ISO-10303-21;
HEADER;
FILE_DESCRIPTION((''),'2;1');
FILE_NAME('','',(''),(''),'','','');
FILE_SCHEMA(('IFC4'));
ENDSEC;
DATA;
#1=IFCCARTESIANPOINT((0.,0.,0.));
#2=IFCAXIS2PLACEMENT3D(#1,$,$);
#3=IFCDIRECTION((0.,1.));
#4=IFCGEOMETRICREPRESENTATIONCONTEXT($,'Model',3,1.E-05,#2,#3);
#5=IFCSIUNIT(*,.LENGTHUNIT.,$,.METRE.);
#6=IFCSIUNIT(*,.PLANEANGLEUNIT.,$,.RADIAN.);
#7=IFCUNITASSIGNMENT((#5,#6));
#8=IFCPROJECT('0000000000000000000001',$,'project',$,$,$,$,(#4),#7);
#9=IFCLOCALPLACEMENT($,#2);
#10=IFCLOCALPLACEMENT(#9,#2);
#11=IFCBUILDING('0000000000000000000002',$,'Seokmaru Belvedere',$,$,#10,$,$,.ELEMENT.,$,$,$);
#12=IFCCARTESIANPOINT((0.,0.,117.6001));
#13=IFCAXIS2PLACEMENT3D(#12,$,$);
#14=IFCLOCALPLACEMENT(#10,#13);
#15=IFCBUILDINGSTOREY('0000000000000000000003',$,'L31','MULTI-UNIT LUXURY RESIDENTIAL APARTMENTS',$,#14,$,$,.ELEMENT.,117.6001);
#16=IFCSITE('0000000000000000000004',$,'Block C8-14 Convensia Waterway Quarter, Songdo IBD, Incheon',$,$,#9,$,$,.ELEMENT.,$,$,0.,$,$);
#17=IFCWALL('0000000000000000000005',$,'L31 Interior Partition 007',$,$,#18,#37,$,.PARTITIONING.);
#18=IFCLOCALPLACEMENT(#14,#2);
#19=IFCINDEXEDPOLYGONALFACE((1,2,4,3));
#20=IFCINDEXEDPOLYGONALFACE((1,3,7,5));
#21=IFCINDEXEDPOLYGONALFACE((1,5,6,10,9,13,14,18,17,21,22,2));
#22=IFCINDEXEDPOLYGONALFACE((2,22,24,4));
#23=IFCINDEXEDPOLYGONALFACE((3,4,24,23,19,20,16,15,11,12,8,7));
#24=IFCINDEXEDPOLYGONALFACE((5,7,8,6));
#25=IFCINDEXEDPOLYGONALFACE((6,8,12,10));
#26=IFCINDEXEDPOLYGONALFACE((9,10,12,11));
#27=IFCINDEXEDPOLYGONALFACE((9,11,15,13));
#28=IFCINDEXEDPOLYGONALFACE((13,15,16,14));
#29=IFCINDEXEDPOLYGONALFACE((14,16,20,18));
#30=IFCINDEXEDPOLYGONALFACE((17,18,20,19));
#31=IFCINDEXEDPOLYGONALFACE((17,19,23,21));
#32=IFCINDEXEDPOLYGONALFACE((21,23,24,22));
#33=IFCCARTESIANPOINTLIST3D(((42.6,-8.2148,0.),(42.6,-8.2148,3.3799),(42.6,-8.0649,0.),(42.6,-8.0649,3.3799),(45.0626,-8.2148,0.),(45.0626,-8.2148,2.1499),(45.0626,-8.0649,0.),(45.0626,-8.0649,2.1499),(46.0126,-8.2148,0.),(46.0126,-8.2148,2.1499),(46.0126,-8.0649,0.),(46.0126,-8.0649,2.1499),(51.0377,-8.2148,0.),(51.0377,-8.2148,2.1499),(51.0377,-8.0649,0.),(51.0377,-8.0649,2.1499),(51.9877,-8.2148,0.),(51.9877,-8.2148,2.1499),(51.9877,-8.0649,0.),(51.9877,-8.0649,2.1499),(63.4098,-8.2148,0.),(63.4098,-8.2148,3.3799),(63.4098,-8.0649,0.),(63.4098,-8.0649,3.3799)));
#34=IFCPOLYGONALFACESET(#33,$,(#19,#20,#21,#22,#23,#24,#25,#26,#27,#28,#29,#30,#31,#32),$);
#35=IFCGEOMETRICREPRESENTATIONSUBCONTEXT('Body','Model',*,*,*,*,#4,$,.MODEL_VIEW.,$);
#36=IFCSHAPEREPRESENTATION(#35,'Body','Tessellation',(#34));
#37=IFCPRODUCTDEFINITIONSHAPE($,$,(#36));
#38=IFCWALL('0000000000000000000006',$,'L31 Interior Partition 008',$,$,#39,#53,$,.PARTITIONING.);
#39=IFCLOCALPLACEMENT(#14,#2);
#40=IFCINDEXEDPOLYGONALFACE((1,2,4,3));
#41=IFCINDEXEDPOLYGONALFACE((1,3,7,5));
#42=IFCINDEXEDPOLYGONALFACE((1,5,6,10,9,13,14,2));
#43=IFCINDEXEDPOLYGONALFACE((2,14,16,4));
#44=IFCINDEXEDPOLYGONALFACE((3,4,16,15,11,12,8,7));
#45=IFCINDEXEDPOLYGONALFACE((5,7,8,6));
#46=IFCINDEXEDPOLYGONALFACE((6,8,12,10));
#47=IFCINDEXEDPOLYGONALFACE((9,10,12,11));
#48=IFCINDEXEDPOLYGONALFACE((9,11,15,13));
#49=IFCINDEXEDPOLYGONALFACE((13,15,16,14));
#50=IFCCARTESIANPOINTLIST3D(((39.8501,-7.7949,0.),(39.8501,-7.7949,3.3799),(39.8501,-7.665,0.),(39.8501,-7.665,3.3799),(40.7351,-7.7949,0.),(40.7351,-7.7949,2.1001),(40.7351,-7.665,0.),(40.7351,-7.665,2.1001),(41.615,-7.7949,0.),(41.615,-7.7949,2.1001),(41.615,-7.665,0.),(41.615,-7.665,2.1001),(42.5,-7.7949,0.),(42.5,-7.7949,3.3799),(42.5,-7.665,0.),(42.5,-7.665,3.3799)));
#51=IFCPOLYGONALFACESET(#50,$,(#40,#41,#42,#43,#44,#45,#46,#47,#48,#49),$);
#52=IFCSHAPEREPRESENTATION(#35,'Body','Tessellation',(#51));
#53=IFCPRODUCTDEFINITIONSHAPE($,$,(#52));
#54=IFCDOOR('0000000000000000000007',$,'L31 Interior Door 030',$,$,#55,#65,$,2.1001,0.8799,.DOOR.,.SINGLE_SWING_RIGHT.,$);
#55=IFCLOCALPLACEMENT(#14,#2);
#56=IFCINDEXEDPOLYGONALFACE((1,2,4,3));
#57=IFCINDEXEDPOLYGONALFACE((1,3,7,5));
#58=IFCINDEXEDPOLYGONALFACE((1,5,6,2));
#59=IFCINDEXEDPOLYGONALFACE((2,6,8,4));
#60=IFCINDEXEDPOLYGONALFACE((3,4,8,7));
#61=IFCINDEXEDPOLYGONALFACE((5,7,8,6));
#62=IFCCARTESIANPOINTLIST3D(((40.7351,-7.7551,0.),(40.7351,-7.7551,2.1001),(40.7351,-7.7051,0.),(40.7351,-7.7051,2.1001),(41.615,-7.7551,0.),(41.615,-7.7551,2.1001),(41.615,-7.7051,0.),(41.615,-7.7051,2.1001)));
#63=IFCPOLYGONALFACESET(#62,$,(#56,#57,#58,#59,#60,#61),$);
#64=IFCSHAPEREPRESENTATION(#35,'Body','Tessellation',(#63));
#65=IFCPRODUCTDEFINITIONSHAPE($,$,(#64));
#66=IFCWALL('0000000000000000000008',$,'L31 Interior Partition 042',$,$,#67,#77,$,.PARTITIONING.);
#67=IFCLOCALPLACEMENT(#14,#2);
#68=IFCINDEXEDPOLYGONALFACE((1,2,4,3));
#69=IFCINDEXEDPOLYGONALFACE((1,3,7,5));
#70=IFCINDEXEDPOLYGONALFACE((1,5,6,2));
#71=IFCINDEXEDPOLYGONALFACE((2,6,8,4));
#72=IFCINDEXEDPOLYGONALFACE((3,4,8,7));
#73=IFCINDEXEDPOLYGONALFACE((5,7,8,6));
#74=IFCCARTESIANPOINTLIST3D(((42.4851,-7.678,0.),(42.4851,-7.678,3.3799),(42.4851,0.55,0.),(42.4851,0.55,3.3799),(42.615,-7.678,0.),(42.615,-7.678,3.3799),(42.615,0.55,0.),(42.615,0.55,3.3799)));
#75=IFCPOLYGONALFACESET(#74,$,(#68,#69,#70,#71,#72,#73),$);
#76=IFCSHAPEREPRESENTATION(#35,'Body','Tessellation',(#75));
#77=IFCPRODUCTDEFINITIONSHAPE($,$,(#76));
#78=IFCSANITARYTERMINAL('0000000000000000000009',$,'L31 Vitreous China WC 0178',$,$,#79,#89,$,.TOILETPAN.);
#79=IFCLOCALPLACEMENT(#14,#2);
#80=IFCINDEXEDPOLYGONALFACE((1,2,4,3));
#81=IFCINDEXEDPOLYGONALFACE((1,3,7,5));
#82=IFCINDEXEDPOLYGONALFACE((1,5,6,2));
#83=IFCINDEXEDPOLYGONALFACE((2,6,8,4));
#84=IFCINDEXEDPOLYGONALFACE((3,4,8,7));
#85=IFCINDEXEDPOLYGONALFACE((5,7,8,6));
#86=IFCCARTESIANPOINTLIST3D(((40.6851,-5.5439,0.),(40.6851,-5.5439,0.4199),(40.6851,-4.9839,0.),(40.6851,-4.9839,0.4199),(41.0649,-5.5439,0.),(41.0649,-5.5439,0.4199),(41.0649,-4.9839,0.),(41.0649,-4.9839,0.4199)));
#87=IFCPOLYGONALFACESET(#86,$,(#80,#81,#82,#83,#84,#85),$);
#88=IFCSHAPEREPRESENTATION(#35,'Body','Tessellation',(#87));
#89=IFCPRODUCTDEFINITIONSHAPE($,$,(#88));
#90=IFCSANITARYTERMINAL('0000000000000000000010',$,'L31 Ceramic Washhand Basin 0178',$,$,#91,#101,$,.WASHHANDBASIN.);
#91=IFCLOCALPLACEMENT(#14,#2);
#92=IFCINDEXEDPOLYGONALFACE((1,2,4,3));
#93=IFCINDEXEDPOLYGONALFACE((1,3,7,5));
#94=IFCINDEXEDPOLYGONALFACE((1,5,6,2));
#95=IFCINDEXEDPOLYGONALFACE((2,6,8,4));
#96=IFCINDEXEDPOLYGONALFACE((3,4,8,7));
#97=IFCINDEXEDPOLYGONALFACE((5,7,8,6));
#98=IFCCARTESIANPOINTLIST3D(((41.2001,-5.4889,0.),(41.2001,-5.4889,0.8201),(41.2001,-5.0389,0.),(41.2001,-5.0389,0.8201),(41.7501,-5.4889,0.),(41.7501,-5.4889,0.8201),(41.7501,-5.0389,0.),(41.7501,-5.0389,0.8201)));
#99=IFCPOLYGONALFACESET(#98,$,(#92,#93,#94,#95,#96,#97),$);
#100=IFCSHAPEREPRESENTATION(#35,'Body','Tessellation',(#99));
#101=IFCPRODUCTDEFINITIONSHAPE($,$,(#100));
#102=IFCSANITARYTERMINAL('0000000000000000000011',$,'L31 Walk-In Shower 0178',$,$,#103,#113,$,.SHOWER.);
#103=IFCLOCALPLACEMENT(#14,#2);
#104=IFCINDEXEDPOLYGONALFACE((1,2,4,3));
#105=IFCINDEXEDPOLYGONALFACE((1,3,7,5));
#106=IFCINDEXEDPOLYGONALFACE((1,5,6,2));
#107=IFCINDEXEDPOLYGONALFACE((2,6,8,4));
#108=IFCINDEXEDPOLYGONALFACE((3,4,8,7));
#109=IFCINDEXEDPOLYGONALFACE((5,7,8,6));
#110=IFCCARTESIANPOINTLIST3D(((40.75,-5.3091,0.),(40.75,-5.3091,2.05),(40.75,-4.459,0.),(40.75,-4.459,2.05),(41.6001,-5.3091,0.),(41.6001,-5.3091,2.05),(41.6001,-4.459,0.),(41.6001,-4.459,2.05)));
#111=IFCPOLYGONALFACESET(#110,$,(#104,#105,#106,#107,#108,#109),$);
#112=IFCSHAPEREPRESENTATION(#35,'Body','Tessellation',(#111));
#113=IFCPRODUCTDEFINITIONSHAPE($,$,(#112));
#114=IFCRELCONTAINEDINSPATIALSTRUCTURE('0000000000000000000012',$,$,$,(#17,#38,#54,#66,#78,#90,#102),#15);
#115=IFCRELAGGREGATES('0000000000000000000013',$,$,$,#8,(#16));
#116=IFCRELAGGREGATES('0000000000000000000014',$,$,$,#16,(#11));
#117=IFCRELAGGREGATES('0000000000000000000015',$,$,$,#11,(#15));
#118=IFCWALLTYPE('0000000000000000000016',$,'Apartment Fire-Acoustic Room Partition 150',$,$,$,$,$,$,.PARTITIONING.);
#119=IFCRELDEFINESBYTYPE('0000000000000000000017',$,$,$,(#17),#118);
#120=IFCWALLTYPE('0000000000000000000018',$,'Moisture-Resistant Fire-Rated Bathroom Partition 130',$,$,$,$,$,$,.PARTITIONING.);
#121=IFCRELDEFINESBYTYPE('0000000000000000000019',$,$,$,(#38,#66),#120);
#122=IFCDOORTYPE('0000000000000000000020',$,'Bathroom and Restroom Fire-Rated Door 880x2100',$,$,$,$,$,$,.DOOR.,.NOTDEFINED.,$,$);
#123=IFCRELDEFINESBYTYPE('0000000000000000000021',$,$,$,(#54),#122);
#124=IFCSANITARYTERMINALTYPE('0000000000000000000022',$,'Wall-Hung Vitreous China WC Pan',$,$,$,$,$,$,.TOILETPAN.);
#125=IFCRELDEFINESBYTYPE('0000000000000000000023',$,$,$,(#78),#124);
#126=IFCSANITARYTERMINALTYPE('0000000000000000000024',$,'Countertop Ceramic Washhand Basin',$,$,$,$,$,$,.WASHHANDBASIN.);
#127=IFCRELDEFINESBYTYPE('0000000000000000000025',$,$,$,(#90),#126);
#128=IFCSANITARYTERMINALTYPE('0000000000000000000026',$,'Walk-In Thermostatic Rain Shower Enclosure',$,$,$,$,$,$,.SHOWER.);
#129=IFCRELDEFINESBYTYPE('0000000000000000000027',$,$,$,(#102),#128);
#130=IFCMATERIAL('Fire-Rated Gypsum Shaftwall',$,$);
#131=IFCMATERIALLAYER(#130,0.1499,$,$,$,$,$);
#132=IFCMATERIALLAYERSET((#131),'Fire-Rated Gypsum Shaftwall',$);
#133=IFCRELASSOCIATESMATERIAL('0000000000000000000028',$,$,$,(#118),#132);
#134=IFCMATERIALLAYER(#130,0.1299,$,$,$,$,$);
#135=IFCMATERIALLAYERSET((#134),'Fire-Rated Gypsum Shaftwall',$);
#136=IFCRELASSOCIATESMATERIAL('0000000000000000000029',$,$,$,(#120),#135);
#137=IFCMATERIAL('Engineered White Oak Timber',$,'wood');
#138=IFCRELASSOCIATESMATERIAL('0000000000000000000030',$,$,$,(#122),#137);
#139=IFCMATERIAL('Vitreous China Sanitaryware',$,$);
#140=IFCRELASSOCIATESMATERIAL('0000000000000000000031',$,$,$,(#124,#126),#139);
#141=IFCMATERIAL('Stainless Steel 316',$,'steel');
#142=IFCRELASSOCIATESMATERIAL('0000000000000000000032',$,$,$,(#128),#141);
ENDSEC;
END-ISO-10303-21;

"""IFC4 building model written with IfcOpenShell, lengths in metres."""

from ifc_helpers import new_model, si_unit, direction, frame, frame_2d, origin, origin_2d, place, context, subcontext, project, spatial, rectangle, extrude, source, transform, mapped, material, layer, layer_set, type_object, type_shapes, element, fill, save


model = new_model("IFC4")

# Units and contexts
model_context = context("Model", 3, precision=1e-05, world=origin(), true_north=direction((0.0, 1.0)))
body_context = subcontext(model_context, "Body", "Model", "MODEL_VIEW")
ifc_project = project(units=[si_unit("LENGTHUNIT", "METRE"), si_unit("PLANEANGLEUNIT", "RADIAN")], contexts=[model_context])

# Site, building, storey
site_placement = place(None, origin())
site = spatial("IfcSite", under=ifc_project, at=site_placement, Name="Block C8-14 Convensia Waterway Quarter, Songdo IBD, Incheon", CompositionType="ELEMENT", RefElevation=0.0)
building_placement = place(site_placement, origin())
building = spatial("IfcBuilding", under=site, at=building_placement, Name="Seokmaru Belvedere", CompositionType="ELEMENT")
storey_placement = place(building_placement, frame((0.0, 0.0, 117.6001)))
storey = spatial("IfcBuildingStorey", under=building, at=storey_placement, Name="L31", Description="MULTI-UNIT LUXURY RESIDENTIAL APARTMENTS", CompositionType="ELEMENT", Elevation=117.6001)

# Shared definitions
ifc_material_1 = material(Name="Fire-Rated Gypsum Shaftwall")
ifc_layer_1 = layer(ifc_material_1, 0.1499)
ifc_layer_set_1 = layer_set([ifc_layer_1], Name="Fire-Rated Gypsum Shaftwall")
wall_type_1 = type_object("IfcWallType", Name="Apartment Fire-Acoustic Room Partition 150", PredefinedType="PARTITIONING", material=ifc_layer_set_1)
ifc_material_2 = material(Name="Engineered White Oak Timber", Category="wood")

# Wall, openings
wall_1_placement = place(storey_placement, frame((42.6001, -8.1399, 0.0), z_axis=(0.0, 0.0, 1.0), x_axis=(1.0, 0.0, 0.0)))
wall_1 = element("IfcWall", 1, at=wall_1_placement, inside=storey, type_object=wall_type_1, Name="L31 Interior Partition 007", PredefinedType="PARTITIONING", context=body_context, shape_type="SweptSolid", body=[
    extrude(rectangle(XDim=20.8098, YDim=0.1499, at=frame_2d((10.4048, 0.0))), origin(), (0.0, 0.0, 1.0), 3.3799),
])
opening_1_placement = place(wall_1_placement, frame((2.4624, 0.0, 0.0)))
element("IfcOpeningElement", 2, at=opening_1_placement, cuts=wall_1, PredefinedType="OPENING", context=body_context, shape_type="SweptSolid", body=[
    extrude(rectangle(XDim=0.95, YDim=2.1499, at=frame_2d((0.4751, 1.075))), frame((0.0, 0.085, 0.0), z_axis=(0.0, -1.0, 0.0), x_axis=(1.0, 0.0, 0.0)), (0.0, 0.0, 1.0), 0.1699),
])
opening_2_placement = place(wall_1_placement, frame((8.4375, 0.0, 0.0)))
element("IfcOpeningElement", 3, at=opening_2_placement, cuts=wall_1, PredefinedType="OPENING", context=body_context, shape_type="SweptSolid", body=[
    extrude(rectangle(XDim=0.95, YDim=2.1499, at=frame_2d((0.4751, 1.075))), frame((0.0, 0.085, 0.0), z_axis=(0.0, -1.0, 0.0), x_axis=(1.0, 0.0, 0.0)), (0.0, 0.0, 1.0), 0.1699),
])

# Wall, opening, door
ifc_layer_2 = layer(ifc_material_1, 0.1299)
ifc_layer_set_2 = layer_set([ifc_layer_2], Name="Fire-Rated Gypsum Shaftwall")
wall_type_2 = type_object("IfcWallType", Name="Moisture-Resistant Fire-Rated Bathroom Partition 130", PredefinedType="PARTITIONING", material=ifc_layer_set_2)
wall_2_placement = place(storey_placement, frame((39.8501, -7.73, 0.0), z_axis=(0.0, 0.0, 1.0), x_axis=(1.0, 0.0, 0.0)))
wall_2 = element("IfcWall", 4, at=wall_2_placement, inside=storey, type_object=wall_type_2, Name="L31 Interior Partition 008", PredefinedType="PARTITIONING", context=body_context, shape_type="SweptSolid", body=[
    extrude(rectangle(XDim=2.6499, YDim=0.1299, at=frame_2d((1.325, 0.0))), origin(), (0.0, 0.0, 1.0), 3.3799),
])
opening_3_placement = place(wall_2_placement, frame((0.885, 0.0, 0.0)))
opening_3 = element("IfcOpeningElement", 5, at=opening_3_placement, cuts=wall_2, PredefinedType="OPENING", context=body_context, shape_type="SweptSolid", body=[
    extrude(rectangle(XDim=0.8799, YDim=2.1001, at=frame_2d((0.4399, 1.05))), frame((0.0, 0.075, 0.0), z_axis=(0.0, -1.0, 0.0), x_axis=(1.0, 0.0, 0.0)), (0.0, 0.0, 1.0), 0.1499),
])
door_type_1 = type_object("IfcDoorType", Name="Bathroom and Restroom Fire-Rated Door 880x2100", OperationType="NOTDEFINED", PredefinedType="DOOR", material=ifc_material_2)
shared_shape_1 = source(origin(), body_context, "Body", "SweptSolid", [
    extrude(rectangle(XDim=0.8799, YDim=2.1001, at=frame_2d((0.4399, 1.05))), frame((0.0, 0.0249, 0.0), z_axis=(0.0, -1.0, 0.0), x_axis=(1.0, 0.0, 0.0)), (0.0, 0.0, 1.0), 0.05),
])
type_shapes(door_type_1, [shared_shape_1])
door_1_placement = place(opening_3_placement, origin())
door_1 = element("IfcDoor", 6, at=door_1_placement, inside=storey, type_object=door_type_1, Name="L31 Interior Door 030", OperationType="SINGLE_SWING_RIGHT", OverallHeight=2.1001, OverallWidth=0.8799, PredefinedType="DOOR", context=body_context, shape_type="MappedRepresentation", body=[
    mapped(shared_shape_1, transform((0.0, 0.0, 0.0), scale=1.0)),
])
fill(opening_3, door_1)

# Wall
wall_3_placement = place(storey_placement, frame((42.55, -7.678, 0.0), z_axis=(0.0, 0.0, 1.0), x_axis=(0.0, 1.0, 0.0)))
element("IfcWall", 7, at=wall_3_placement, inside=storey, type_object=wall_type_2, Name="L31 Interior Partition 042", PredefinedType="PARTITIONING", context=body_context, shape_type="SweptSolid", body=[
    extrude(rectangle(XDim=8.228, YDim=0.1299, at=frame_2d((4.114, 0.0))), origin(), (0.0, 0.0, 1.0), 3.3799),
])

# Sanitary terminals
ifc_material_3 = material(Name="Vitreous China Sanitaryware")
sanitary_terminal_type_1 = type_object("IfcSanitaryTerminalType", Name="Wall-Hung Vitreous China WC Pan", PredefinedType="TOILETPAN", material=ifc_material_3)
shared_shape_2 = source(origin(), body_context, "Body", "SweptSolid", [
    extrude(rectangle(XDim=0.3799, YDim=0.5601, at=origin_2d()), origin(), (0.0, 0.0, 1.0), 0.4199),
])
type_shapes(sanitary_terminal_type_1, [shared_shape_2])
sanitary_terminal_1_placement = place(storey_placement, frame((40.875, -5.2639, 0.0), z_axis=(0.0, 0.0, 1.0), x_axis=(1.0, 0.0, 0.0)))
element("IfcSanitaryTerminal", 8, at=sanitary_terminal_1_placement, inside=storey, type_object=sanitary_terminal_type_1, Name="L31 Vitreous China WC 0178", PredefinedType="TOILETPAN", context=body_context, shape_type="MappedRepresentation", body=[
    mapped(shared_shape_2, transform((0.0, 0.0, 0.0), scale=1.0)),
])
sanitary_terminal_type_2 = type_object("IfcSanitaryTerminalType", Name="Countertop Ceramic Washhand Basin", PredefinedType="WASHHANDBASIN", material=ifc_material_3)
shared_shape_3 = source(origin(), body_context, "Body", "SweptSolid", [
    extrude(rectangle(XDim=0.55, YDim=0.45, at=origin_2d()), origin(), (0.0, 0.0, 1.0), 0.8201),
])
type_shapes(sanitary_terminal_type_2, [shared_shape_3])
sanitary_terminal_2_placement = place(storey_placement, frame((41.4751, -5.2639, 0.0), z_axis=(0.0, 0.0, 1.0), x_axis=(1.0, 0.0, 0.0)))
element("IfcSanitaryTerminal", 9, at=sanitary_terminal_2_placement, inside=storey, type_object=sanitary_terminal_type_2, Name="L31 Ceramic Washhand Basin 0178", PredefinedType="WASHHANDBASIN", context=body_context, shape_type="MappedRepresentation", body=[
    mapped(shared_shape_3, transform((0.0, 0.0, 0.0), scale=1.0)),
])
ifc_material_4 = material(Name="Stainless Steel 316", Category="steel")
sanitary_terminal_type_3 = type_object("IfcSanitaryTerminalType", Name="Walk-In Thermostatic Rain Shower Enclosure", PredefinedType="SHOWER", material=ifc_material_4)
shared_shape_4 = source(origin(), body_context, "Body", "SweptSolid", [
    extrude(rectangle(XDim=0.8501, YDim=0.8501, at=origin_2d()), origin(), (0.0, 0.0, 1.0), 2.05),
])
type_shapes(sanitary_terminal_type_3, [shared_shape_4])
sanitary_terminal_3_placement = place(storey_placement, frame((41.175, -4.884, 0.0), z_axis=(0.0, 0.0, 1.0), x_axis=(1.0, 0.0, 0.0)))
element("IfcSanitaryTerminal", 10, at=sanitary_terminal_3_placement, inside=storey, type_object=sanitary_terminal_type_3, Name="L31 Walk-In Shower 0178", PredefinedType="SHOWER", context=body_context, shape_type="MappedRepresentation", body=[
    mapped(shared_shape_4, transform((0.0, 0.0, 0.0), scale=1.0)),
])

save(model, "model.ifc")
